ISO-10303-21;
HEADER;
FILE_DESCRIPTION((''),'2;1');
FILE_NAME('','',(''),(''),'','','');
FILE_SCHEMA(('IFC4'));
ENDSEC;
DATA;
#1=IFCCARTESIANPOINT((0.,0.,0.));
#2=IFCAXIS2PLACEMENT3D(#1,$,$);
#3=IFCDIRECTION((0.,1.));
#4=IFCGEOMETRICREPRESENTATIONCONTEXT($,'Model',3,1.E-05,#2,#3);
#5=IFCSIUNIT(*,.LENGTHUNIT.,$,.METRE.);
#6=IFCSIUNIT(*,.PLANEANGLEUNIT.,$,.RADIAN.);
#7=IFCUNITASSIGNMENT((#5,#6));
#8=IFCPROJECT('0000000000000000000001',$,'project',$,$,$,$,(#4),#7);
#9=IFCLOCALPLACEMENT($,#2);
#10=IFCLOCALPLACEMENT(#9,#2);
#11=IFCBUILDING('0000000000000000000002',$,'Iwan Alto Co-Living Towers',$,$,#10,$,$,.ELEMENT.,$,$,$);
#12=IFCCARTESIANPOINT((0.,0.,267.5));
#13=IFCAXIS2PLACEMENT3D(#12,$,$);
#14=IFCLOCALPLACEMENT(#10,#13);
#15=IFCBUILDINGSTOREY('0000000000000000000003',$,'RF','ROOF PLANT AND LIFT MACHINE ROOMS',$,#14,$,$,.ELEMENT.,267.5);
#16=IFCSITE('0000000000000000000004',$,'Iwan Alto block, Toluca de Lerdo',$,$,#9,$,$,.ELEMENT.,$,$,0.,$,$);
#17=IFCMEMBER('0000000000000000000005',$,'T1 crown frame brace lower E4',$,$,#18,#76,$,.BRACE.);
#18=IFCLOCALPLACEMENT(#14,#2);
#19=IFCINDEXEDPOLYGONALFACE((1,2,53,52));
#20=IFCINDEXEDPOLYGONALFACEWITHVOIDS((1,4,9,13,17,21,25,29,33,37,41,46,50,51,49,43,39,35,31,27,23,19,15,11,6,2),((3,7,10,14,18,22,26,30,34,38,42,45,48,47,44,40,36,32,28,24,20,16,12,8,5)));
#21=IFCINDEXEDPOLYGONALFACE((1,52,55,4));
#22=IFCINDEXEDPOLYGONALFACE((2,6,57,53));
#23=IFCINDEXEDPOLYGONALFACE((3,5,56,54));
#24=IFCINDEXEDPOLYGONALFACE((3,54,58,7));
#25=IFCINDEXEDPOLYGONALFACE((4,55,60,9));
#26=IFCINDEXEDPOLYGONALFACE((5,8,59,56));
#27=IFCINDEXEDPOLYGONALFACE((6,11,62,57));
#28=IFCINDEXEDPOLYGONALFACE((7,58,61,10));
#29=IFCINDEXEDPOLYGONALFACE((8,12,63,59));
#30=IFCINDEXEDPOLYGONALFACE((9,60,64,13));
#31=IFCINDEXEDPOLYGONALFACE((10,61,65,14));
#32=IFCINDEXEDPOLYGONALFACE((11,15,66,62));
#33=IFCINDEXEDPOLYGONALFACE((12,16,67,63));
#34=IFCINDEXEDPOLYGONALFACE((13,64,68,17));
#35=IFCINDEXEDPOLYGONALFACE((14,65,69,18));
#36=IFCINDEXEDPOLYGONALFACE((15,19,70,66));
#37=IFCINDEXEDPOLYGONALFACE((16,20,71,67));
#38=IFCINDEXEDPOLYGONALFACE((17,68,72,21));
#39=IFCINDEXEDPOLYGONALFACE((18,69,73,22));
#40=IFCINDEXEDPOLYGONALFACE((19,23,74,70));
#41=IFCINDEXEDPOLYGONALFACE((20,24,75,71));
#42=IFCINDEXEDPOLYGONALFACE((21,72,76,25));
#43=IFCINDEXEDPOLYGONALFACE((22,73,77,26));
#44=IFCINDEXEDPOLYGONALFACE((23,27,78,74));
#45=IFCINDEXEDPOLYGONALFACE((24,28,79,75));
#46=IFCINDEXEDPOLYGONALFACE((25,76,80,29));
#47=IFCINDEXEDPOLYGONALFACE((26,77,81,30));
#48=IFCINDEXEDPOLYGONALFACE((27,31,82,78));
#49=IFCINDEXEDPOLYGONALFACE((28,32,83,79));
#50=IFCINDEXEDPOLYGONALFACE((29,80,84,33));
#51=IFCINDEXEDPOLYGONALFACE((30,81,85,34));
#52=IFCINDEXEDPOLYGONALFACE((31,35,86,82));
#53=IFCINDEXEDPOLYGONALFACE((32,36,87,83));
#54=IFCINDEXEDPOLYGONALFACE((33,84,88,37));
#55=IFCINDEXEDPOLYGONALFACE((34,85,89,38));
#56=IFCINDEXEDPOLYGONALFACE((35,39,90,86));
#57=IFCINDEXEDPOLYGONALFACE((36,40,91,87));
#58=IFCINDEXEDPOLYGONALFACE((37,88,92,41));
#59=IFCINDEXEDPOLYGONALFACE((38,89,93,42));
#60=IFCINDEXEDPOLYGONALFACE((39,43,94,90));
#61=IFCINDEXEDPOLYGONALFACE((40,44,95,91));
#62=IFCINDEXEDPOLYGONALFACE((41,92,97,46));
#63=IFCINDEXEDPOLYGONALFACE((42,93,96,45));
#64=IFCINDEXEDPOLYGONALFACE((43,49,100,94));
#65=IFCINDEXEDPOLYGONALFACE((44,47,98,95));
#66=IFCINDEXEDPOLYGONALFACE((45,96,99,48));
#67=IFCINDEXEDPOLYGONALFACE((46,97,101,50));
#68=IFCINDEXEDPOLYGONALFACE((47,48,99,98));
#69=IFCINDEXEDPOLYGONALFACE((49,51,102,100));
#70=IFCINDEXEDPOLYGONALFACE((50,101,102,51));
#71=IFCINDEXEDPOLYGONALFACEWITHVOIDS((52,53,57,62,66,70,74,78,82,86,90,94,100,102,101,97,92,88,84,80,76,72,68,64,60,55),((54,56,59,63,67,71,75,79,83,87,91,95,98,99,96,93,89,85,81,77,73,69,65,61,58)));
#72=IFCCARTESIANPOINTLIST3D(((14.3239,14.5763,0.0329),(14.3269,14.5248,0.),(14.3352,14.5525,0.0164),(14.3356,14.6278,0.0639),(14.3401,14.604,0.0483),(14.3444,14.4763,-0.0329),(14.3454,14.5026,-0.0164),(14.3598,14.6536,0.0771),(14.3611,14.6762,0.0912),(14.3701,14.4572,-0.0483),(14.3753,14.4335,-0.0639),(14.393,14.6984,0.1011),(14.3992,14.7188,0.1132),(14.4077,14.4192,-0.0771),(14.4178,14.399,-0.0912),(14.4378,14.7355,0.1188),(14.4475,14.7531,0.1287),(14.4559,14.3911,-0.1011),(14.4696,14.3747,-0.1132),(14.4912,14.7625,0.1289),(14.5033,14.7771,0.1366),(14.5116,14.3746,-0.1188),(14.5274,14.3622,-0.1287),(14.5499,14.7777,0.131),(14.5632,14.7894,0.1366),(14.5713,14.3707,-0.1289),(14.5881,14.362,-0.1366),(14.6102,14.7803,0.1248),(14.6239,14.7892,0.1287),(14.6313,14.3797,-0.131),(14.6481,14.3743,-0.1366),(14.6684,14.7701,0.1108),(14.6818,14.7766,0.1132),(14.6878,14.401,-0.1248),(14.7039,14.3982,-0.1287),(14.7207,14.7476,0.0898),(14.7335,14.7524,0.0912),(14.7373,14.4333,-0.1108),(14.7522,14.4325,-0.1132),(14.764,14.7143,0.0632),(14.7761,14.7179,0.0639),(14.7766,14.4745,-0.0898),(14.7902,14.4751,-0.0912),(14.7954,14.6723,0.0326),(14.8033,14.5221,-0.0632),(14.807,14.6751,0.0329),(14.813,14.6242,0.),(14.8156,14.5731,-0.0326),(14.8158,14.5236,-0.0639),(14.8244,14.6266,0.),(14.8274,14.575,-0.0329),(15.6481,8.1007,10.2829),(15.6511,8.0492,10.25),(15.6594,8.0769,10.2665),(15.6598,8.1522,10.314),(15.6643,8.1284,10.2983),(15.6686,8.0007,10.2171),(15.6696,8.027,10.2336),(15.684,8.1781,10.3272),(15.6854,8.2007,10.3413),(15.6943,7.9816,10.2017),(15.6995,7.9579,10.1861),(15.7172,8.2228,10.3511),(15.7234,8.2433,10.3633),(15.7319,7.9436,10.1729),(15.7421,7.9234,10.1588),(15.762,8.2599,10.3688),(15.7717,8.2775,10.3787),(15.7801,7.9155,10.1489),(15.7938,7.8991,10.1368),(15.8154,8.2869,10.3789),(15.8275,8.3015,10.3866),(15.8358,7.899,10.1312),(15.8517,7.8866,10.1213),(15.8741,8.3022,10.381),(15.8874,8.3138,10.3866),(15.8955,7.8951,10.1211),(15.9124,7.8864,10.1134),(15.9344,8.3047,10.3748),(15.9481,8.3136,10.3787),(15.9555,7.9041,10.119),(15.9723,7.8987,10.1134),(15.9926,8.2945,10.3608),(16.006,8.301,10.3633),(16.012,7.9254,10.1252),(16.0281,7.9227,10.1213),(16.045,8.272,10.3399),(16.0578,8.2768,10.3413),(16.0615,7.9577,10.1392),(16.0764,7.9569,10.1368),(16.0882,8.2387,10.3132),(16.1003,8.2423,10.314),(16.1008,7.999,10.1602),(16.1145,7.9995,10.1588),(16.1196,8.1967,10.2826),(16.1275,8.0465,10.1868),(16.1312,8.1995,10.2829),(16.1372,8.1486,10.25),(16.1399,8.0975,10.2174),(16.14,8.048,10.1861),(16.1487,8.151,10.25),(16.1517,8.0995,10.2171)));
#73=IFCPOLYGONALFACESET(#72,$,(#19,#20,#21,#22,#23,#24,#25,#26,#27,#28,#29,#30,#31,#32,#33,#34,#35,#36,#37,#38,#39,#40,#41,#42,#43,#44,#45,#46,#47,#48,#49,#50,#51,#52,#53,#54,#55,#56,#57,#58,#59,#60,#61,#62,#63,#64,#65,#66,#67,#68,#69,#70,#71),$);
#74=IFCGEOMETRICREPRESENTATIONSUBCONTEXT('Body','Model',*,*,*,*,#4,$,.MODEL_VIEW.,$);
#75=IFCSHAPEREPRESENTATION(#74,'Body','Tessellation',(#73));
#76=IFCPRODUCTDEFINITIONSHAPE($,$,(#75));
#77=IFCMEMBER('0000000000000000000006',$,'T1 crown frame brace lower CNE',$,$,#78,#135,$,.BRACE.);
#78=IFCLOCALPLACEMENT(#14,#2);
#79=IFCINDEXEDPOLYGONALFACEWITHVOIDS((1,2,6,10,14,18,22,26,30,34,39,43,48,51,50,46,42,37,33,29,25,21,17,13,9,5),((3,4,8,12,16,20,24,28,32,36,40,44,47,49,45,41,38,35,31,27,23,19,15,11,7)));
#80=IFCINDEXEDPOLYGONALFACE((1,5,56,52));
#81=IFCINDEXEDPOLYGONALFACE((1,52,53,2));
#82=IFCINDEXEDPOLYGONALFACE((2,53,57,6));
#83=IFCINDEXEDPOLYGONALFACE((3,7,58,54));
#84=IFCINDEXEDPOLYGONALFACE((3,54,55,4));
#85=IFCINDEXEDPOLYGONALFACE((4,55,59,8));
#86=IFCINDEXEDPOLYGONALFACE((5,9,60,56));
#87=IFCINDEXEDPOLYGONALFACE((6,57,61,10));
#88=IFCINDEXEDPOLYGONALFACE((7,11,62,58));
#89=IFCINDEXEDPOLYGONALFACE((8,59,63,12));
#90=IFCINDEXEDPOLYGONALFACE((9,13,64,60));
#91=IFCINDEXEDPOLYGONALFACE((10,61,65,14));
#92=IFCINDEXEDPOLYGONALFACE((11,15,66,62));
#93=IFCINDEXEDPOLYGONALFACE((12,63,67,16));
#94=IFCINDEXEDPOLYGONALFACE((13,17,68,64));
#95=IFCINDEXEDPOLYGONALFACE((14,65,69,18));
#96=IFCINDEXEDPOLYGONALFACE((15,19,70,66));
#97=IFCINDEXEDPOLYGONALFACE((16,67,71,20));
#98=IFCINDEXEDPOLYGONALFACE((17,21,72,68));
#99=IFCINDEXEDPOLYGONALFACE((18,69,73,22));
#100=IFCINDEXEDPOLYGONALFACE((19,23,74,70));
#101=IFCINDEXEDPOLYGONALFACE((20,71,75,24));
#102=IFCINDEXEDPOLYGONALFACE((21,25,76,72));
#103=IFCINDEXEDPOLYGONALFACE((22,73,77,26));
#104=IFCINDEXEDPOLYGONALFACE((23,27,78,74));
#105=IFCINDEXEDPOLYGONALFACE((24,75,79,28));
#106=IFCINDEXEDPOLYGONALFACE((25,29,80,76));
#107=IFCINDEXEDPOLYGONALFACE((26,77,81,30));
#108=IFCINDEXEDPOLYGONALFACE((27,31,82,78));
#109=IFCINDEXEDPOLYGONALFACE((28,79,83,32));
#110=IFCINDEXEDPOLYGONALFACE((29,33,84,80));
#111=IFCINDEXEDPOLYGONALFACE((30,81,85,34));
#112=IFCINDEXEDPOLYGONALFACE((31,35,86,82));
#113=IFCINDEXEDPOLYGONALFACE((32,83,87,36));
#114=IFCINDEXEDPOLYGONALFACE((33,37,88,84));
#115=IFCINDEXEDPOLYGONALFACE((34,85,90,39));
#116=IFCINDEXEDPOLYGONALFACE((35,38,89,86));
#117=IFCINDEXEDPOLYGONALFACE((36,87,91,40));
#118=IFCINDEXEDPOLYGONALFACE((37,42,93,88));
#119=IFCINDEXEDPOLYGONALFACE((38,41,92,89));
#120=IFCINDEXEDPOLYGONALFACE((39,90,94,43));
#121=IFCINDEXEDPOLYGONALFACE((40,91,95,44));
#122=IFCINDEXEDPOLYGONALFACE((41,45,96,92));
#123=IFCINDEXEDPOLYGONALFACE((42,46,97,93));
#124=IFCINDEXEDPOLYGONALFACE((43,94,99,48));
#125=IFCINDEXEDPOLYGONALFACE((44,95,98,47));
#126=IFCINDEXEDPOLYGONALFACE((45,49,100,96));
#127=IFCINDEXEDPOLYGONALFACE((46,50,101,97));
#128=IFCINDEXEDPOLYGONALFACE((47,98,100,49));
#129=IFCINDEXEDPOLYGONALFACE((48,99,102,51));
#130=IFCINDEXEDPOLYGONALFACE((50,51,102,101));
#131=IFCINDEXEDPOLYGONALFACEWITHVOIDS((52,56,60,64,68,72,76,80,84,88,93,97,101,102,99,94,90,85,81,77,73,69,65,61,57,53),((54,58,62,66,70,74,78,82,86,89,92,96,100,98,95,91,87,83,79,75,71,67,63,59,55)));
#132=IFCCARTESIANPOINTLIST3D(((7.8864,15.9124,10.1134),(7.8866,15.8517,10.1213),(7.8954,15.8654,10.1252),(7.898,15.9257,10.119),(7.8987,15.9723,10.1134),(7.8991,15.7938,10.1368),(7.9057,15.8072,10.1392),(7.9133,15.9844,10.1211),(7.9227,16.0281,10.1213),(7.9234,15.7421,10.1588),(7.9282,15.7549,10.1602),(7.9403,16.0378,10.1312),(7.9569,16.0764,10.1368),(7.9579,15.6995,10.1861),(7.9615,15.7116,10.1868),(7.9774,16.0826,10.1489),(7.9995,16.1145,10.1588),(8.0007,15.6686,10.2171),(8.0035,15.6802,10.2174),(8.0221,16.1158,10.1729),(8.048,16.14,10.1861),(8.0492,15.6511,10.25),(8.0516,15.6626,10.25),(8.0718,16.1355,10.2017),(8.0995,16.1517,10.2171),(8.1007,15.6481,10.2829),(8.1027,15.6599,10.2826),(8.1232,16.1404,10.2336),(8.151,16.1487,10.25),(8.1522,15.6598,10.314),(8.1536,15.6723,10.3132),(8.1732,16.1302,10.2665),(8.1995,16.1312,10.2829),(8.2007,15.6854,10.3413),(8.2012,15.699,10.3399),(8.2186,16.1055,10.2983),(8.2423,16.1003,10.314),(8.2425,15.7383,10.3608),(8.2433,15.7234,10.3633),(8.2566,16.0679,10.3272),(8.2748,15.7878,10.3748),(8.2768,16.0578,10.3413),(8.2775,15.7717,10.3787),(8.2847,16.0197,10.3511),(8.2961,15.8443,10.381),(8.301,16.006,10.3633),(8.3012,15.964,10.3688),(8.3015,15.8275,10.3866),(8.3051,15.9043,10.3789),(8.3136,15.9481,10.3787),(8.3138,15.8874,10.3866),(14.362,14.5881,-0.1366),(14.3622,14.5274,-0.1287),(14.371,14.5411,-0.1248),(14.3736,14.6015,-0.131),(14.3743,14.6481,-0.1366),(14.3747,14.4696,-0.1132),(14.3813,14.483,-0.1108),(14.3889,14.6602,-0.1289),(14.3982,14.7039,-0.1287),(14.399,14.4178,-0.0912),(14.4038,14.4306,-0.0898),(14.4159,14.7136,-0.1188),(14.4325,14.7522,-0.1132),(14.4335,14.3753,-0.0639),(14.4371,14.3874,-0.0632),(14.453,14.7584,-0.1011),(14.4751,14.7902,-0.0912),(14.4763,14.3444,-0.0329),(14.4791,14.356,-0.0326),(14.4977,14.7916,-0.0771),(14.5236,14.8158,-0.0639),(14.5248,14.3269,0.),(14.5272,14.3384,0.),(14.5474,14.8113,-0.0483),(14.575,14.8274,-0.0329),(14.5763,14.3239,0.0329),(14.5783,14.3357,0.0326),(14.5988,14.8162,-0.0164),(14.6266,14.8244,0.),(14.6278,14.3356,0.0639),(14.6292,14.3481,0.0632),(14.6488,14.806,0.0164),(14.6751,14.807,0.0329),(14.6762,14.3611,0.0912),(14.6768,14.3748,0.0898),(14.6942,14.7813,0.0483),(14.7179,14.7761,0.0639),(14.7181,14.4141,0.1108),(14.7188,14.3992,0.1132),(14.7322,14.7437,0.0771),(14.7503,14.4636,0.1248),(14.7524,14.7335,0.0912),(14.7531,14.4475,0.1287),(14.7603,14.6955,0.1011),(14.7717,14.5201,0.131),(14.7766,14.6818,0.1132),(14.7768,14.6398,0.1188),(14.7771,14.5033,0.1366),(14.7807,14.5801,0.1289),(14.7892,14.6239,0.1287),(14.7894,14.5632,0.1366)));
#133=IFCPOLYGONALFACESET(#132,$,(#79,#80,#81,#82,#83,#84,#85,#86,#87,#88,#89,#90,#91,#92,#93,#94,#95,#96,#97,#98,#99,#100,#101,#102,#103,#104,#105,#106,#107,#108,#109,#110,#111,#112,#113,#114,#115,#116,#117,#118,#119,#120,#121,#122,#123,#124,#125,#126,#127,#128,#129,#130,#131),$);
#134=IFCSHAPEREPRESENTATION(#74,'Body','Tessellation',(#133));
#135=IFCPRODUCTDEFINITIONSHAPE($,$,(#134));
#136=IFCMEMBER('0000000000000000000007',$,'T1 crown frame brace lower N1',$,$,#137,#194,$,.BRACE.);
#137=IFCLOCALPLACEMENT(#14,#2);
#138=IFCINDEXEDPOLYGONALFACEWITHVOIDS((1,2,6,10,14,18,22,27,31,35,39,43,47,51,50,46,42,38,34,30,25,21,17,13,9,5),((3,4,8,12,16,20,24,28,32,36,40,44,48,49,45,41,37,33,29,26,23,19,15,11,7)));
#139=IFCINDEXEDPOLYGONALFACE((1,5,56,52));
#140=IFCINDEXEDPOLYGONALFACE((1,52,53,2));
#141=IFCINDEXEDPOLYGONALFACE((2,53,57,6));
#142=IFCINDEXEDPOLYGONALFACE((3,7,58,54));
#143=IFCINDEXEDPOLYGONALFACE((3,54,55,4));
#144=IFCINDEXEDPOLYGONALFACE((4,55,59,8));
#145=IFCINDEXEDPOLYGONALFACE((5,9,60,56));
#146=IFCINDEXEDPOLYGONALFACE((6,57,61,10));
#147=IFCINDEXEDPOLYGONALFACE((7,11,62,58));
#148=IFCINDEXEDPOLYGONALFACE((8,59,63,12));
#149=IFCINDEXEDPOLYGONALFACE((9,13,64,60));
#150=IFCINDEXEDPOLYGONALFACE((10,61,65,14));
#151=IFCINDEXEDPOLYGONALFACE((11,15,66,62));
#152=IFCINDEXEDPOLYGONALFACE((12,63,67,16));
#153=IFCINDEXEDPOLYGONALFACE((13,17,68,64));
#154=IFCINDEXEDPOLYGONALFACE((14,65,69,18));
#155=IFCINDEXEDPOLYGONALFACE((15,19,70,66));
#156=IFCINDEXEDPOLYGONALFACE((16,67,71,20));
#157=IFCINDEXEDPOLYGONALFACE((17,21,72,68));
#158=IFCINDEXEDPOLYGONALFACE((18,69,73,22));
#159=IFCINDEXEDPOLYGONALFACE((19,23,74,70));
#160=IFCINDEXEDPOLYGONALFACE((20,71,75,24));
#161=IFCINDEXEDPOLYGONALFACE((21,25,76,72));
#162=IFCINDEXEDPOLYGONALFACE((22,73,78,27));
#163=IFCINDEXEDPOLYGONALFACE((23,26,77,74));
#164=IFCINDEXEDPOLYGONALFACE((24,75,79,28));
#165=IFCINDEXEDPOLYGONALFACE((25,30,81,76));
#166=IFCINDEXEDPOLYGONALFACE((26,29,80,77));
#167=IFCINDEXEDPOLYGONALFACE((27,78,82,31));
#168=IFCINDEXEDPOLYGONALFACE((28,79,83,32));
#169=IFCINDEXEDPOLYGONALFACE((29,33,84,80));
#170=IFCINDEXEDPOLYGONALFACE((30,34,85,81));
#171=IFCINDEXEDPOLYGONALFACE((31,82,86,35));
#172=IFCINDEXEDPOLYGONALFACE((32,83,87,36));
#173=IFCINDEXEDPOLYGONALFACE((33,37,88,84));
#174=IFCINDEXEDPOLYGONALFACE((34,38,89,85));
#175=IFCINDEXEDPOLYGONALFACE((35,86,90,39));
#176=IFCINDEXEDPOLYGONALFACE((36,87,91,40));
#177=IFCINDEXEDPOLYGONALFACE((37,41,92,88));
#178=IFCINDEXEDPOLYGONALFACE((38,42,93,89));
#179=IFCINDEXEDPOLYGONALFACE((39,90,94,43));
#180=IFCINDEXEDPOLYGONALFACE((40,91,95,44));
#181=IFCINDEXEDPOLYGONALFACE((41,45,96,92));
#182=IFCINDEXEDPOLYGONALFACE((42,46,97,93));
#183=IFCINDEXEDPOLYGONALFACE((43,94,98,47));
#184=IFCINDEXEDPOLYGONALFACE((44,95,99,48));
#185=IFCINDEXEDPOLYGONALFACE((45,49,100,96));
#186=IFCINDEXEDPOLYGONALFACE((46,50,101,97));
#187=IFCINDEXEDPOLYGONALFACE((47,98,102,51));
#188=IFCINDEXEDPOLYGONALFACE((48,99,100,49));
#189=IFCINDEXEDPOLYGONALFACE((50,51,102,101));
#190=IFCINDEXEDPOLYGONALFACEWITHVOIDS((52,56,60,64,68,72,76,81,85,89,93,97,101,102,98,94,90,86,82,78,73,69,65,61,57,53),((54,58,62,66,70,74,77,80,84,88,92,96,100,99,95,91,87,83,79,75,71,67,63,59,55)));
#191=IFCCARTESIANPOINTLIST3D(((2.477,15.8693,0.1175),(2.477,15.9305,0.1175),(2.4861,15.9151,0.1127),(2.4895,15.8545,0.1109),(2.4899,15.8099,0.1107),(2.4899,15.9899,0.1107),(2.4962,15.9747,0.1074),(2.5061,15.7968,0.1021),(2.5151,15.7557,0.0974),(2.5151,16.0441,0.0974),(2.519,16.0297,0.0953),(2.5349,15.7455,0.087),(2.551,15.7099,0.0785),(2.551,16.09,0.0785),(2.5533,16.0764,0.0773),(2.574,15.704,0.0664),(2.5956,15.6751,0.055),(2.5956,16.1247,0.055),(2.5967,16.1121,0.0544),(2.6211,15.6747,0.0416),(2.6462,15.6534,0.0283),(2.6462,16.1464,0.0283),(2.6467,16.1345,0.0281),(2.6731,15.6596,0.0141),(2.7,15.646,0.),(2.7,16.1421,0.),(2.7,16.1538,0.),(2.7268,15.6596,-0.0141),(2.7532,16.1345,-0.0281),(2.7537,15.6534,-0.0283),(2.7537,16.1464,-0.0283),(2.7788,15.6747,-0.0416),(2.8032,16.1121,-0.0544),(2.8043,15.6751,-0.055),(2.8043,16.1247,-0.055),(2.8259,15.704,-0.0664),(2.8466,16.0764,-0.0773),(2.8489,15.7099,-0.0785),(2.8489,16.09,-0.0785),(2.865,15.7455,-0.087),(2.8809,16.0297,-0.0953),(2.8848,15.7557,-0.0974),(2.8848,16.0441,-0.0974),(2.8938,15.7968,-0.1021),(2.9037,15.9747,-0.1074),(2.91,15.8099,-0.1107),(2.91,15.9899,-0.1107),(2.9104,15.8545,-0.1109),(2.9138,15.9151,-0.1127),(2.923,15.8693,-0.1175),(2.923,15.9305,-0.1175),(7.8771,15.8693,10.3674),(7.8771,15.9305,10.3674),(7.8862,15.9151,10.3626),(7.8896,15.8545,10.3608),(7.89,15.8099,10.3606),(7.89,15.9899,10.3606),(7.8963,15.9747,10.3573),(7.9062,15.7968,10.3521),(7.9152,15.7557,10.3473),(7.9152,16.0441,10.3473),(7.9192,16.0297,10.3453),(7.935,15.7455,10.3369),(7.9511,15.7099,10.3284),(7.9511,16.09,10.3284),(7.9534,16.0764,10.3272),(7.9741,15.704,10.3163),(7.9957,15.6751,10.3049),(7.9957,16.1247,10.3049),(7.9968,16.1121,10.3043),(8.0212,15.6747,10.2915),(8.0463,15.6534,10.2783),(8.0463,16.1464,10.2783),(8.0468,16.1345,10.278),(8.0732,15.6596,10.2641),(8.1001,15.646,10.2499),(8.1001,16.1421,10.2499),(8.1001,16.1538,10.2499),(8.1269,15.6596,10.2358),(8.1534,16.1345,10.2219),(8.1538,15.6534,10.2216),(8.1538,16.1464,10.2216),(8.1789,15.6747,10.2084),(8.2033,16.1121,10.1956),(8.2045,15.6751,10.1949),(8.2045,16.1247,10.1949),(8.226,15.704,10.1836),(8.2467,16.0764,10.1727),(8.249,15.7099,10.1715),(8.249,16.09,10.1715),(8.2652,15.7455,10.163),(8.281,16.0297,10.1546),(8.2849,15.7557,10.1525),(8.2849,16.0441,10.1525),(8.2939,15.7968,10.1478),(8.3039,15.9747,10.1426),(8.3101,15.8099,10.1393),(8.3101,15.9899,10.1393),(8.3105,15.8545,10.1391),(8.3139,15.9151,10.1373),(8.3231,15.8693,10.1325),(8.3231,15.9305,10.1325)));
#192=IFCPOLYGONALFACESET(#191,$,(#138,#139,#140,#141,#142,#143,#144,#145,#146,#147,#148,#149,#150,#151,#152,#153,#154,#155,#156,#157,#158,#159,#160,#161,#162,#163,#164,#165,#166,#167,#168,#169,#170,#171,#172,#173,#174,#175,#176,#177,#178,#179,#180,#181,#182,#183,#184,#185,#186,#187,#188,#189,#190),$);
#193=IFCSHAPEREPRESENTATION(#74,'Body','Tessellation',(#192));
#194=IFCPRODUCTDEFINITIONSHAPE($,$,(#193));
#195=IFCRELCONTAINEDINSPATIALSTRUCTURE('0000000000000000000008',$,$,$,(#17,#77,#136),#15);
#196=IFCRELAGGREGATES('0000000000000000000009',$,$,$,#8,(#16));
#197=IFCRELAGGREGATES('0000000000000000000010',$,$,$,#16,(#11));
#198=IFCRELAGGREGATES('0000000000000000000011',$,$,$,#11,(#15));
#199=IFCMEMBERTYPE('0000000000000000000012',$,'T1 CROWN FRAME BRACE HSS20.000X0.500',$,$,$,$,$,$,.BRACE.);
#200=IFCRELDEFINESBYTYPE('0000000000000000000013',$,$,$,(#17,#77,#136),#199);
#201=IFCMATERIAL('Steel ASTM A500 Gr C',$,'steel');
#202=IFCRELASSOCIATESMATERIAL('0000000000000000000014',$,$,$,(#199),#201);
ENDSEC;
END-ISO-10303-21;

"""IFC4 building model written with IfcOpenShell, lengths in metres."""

from ifc_helpers import new_model, si_unit, direction, frame, origin, origin_2d, place, context, subcontext, project, spatial, hollow_circle, extrude, material, material_profile, profile_set, type_object, element, save


model = new_model("IFC4")

# Units and contexts
model_context = context("Model", 3, precision=1e-05, world=origin(), true_north=direction((0.0, 1.0)))
body_context = subcontext(model_context, "Body", "Model", "MODEL_VIEW")
ifc_project = project(units=[si_unit("LENGTHUNIT", "METRE"), si_unit("PLANEANGLEUNIT", "RADIAN")], contexts=[model_context])

# Site, building, storey
site_placement = place(None, origin())
site = spatial("IfcSite", under=ifc_project, at=site_placement, Name="Iwan Alto block, Toluca de Lerdo", CompositionType="ELEMENT", RefElevation=0.0)
building_placement = place(site_placement, origin())
building = spatial("IfcBuilding", under=site, at=building_placement, Name="Iwan Alto Co-Living Towers", CompositionType="ELEMENT")
storey_placement = place(building_placement, frame((0.0, 0.0, 267.5)))
storey = spatial("IfcBuildingStorey", under=building, at=storey_placement, Name="RF", Description="ROOF PLANT AND LIFT MACHINE ROOMS", CompositionType="ELEMENT", Elevation=267.5)

# Members
ifc_material_1 = material(Name="Steel ASTM A500 Gr C", Category="steel")
ifc_material_profile_1 = material_profile(ifc_material_1, hollow_circle(Radius=0.2539, WallThickness=0.0117, at=origin_2d()), Name="HSS20.000X0.500")
ifc_profile_set_1 = profile_set([ifc_material_profile_1], Name="Steel ASTM A500 Gr C")
member_type = type_object("IfcMemberType", Name="T1 CROWN FRAME BRACE HSS20.000X0.500", PredefinedType="BRACE", material=ifc_profile_set_1)
for number, where, z_axis, x_axis, name in (
    (1, (14.5757, 14.5757, 0.0), (0.108576, -0.530948, 0.84042), (0.979725, 0.200348, 0.0), "T1 crown frame brace lower E4"),
    (2, (14.5757, 14.5757, 0.0), (-0.530948, 0.108576, 0.84042), (-0.200348, -0.979725, 0.0), "T1 crown frame brace lower CNE"),
):
    element("IfcMember", number, at=place(storey_placement, frame(where, z_axis=z_axis, x_axis=x_axis)), inside=storey, type_object=member_type, Name=name, PredefinedType="BRACE", context=body_context, shape_type="SweptSolid", body=[
        extrude(hollow_circle(Radius=0.2539, WallThickness=0.0117, at=origin_2d()), origin(), (0.0, 0.0, 1.0), 12.1963),
    ])
for number, where, z_axis, x_axis, name in (
    (3, (2.7, 15.8999, 0.0), (0.466112, 0.0, 0.884726), (0.0, 1.0, 0.0), "T1 crown frame brace lower N1"),
):
    element("IfcMember", number, at=place(storey_placement, frame(where, z_axis=z_axis, x_axis=x_axis)), inside=storey, type_object=member_type, Name=name, PredefinedType="BRACE", context=body_context, shape_type="SweptSolid", body=[
        extrude(hollow_circle(Radius=0.2539, WallThickness=0.0117, at=origin_2d()), origin(), (0.0, 0.0, 1.0), 11.5854),
    ])

save(model, "model.ifc")
